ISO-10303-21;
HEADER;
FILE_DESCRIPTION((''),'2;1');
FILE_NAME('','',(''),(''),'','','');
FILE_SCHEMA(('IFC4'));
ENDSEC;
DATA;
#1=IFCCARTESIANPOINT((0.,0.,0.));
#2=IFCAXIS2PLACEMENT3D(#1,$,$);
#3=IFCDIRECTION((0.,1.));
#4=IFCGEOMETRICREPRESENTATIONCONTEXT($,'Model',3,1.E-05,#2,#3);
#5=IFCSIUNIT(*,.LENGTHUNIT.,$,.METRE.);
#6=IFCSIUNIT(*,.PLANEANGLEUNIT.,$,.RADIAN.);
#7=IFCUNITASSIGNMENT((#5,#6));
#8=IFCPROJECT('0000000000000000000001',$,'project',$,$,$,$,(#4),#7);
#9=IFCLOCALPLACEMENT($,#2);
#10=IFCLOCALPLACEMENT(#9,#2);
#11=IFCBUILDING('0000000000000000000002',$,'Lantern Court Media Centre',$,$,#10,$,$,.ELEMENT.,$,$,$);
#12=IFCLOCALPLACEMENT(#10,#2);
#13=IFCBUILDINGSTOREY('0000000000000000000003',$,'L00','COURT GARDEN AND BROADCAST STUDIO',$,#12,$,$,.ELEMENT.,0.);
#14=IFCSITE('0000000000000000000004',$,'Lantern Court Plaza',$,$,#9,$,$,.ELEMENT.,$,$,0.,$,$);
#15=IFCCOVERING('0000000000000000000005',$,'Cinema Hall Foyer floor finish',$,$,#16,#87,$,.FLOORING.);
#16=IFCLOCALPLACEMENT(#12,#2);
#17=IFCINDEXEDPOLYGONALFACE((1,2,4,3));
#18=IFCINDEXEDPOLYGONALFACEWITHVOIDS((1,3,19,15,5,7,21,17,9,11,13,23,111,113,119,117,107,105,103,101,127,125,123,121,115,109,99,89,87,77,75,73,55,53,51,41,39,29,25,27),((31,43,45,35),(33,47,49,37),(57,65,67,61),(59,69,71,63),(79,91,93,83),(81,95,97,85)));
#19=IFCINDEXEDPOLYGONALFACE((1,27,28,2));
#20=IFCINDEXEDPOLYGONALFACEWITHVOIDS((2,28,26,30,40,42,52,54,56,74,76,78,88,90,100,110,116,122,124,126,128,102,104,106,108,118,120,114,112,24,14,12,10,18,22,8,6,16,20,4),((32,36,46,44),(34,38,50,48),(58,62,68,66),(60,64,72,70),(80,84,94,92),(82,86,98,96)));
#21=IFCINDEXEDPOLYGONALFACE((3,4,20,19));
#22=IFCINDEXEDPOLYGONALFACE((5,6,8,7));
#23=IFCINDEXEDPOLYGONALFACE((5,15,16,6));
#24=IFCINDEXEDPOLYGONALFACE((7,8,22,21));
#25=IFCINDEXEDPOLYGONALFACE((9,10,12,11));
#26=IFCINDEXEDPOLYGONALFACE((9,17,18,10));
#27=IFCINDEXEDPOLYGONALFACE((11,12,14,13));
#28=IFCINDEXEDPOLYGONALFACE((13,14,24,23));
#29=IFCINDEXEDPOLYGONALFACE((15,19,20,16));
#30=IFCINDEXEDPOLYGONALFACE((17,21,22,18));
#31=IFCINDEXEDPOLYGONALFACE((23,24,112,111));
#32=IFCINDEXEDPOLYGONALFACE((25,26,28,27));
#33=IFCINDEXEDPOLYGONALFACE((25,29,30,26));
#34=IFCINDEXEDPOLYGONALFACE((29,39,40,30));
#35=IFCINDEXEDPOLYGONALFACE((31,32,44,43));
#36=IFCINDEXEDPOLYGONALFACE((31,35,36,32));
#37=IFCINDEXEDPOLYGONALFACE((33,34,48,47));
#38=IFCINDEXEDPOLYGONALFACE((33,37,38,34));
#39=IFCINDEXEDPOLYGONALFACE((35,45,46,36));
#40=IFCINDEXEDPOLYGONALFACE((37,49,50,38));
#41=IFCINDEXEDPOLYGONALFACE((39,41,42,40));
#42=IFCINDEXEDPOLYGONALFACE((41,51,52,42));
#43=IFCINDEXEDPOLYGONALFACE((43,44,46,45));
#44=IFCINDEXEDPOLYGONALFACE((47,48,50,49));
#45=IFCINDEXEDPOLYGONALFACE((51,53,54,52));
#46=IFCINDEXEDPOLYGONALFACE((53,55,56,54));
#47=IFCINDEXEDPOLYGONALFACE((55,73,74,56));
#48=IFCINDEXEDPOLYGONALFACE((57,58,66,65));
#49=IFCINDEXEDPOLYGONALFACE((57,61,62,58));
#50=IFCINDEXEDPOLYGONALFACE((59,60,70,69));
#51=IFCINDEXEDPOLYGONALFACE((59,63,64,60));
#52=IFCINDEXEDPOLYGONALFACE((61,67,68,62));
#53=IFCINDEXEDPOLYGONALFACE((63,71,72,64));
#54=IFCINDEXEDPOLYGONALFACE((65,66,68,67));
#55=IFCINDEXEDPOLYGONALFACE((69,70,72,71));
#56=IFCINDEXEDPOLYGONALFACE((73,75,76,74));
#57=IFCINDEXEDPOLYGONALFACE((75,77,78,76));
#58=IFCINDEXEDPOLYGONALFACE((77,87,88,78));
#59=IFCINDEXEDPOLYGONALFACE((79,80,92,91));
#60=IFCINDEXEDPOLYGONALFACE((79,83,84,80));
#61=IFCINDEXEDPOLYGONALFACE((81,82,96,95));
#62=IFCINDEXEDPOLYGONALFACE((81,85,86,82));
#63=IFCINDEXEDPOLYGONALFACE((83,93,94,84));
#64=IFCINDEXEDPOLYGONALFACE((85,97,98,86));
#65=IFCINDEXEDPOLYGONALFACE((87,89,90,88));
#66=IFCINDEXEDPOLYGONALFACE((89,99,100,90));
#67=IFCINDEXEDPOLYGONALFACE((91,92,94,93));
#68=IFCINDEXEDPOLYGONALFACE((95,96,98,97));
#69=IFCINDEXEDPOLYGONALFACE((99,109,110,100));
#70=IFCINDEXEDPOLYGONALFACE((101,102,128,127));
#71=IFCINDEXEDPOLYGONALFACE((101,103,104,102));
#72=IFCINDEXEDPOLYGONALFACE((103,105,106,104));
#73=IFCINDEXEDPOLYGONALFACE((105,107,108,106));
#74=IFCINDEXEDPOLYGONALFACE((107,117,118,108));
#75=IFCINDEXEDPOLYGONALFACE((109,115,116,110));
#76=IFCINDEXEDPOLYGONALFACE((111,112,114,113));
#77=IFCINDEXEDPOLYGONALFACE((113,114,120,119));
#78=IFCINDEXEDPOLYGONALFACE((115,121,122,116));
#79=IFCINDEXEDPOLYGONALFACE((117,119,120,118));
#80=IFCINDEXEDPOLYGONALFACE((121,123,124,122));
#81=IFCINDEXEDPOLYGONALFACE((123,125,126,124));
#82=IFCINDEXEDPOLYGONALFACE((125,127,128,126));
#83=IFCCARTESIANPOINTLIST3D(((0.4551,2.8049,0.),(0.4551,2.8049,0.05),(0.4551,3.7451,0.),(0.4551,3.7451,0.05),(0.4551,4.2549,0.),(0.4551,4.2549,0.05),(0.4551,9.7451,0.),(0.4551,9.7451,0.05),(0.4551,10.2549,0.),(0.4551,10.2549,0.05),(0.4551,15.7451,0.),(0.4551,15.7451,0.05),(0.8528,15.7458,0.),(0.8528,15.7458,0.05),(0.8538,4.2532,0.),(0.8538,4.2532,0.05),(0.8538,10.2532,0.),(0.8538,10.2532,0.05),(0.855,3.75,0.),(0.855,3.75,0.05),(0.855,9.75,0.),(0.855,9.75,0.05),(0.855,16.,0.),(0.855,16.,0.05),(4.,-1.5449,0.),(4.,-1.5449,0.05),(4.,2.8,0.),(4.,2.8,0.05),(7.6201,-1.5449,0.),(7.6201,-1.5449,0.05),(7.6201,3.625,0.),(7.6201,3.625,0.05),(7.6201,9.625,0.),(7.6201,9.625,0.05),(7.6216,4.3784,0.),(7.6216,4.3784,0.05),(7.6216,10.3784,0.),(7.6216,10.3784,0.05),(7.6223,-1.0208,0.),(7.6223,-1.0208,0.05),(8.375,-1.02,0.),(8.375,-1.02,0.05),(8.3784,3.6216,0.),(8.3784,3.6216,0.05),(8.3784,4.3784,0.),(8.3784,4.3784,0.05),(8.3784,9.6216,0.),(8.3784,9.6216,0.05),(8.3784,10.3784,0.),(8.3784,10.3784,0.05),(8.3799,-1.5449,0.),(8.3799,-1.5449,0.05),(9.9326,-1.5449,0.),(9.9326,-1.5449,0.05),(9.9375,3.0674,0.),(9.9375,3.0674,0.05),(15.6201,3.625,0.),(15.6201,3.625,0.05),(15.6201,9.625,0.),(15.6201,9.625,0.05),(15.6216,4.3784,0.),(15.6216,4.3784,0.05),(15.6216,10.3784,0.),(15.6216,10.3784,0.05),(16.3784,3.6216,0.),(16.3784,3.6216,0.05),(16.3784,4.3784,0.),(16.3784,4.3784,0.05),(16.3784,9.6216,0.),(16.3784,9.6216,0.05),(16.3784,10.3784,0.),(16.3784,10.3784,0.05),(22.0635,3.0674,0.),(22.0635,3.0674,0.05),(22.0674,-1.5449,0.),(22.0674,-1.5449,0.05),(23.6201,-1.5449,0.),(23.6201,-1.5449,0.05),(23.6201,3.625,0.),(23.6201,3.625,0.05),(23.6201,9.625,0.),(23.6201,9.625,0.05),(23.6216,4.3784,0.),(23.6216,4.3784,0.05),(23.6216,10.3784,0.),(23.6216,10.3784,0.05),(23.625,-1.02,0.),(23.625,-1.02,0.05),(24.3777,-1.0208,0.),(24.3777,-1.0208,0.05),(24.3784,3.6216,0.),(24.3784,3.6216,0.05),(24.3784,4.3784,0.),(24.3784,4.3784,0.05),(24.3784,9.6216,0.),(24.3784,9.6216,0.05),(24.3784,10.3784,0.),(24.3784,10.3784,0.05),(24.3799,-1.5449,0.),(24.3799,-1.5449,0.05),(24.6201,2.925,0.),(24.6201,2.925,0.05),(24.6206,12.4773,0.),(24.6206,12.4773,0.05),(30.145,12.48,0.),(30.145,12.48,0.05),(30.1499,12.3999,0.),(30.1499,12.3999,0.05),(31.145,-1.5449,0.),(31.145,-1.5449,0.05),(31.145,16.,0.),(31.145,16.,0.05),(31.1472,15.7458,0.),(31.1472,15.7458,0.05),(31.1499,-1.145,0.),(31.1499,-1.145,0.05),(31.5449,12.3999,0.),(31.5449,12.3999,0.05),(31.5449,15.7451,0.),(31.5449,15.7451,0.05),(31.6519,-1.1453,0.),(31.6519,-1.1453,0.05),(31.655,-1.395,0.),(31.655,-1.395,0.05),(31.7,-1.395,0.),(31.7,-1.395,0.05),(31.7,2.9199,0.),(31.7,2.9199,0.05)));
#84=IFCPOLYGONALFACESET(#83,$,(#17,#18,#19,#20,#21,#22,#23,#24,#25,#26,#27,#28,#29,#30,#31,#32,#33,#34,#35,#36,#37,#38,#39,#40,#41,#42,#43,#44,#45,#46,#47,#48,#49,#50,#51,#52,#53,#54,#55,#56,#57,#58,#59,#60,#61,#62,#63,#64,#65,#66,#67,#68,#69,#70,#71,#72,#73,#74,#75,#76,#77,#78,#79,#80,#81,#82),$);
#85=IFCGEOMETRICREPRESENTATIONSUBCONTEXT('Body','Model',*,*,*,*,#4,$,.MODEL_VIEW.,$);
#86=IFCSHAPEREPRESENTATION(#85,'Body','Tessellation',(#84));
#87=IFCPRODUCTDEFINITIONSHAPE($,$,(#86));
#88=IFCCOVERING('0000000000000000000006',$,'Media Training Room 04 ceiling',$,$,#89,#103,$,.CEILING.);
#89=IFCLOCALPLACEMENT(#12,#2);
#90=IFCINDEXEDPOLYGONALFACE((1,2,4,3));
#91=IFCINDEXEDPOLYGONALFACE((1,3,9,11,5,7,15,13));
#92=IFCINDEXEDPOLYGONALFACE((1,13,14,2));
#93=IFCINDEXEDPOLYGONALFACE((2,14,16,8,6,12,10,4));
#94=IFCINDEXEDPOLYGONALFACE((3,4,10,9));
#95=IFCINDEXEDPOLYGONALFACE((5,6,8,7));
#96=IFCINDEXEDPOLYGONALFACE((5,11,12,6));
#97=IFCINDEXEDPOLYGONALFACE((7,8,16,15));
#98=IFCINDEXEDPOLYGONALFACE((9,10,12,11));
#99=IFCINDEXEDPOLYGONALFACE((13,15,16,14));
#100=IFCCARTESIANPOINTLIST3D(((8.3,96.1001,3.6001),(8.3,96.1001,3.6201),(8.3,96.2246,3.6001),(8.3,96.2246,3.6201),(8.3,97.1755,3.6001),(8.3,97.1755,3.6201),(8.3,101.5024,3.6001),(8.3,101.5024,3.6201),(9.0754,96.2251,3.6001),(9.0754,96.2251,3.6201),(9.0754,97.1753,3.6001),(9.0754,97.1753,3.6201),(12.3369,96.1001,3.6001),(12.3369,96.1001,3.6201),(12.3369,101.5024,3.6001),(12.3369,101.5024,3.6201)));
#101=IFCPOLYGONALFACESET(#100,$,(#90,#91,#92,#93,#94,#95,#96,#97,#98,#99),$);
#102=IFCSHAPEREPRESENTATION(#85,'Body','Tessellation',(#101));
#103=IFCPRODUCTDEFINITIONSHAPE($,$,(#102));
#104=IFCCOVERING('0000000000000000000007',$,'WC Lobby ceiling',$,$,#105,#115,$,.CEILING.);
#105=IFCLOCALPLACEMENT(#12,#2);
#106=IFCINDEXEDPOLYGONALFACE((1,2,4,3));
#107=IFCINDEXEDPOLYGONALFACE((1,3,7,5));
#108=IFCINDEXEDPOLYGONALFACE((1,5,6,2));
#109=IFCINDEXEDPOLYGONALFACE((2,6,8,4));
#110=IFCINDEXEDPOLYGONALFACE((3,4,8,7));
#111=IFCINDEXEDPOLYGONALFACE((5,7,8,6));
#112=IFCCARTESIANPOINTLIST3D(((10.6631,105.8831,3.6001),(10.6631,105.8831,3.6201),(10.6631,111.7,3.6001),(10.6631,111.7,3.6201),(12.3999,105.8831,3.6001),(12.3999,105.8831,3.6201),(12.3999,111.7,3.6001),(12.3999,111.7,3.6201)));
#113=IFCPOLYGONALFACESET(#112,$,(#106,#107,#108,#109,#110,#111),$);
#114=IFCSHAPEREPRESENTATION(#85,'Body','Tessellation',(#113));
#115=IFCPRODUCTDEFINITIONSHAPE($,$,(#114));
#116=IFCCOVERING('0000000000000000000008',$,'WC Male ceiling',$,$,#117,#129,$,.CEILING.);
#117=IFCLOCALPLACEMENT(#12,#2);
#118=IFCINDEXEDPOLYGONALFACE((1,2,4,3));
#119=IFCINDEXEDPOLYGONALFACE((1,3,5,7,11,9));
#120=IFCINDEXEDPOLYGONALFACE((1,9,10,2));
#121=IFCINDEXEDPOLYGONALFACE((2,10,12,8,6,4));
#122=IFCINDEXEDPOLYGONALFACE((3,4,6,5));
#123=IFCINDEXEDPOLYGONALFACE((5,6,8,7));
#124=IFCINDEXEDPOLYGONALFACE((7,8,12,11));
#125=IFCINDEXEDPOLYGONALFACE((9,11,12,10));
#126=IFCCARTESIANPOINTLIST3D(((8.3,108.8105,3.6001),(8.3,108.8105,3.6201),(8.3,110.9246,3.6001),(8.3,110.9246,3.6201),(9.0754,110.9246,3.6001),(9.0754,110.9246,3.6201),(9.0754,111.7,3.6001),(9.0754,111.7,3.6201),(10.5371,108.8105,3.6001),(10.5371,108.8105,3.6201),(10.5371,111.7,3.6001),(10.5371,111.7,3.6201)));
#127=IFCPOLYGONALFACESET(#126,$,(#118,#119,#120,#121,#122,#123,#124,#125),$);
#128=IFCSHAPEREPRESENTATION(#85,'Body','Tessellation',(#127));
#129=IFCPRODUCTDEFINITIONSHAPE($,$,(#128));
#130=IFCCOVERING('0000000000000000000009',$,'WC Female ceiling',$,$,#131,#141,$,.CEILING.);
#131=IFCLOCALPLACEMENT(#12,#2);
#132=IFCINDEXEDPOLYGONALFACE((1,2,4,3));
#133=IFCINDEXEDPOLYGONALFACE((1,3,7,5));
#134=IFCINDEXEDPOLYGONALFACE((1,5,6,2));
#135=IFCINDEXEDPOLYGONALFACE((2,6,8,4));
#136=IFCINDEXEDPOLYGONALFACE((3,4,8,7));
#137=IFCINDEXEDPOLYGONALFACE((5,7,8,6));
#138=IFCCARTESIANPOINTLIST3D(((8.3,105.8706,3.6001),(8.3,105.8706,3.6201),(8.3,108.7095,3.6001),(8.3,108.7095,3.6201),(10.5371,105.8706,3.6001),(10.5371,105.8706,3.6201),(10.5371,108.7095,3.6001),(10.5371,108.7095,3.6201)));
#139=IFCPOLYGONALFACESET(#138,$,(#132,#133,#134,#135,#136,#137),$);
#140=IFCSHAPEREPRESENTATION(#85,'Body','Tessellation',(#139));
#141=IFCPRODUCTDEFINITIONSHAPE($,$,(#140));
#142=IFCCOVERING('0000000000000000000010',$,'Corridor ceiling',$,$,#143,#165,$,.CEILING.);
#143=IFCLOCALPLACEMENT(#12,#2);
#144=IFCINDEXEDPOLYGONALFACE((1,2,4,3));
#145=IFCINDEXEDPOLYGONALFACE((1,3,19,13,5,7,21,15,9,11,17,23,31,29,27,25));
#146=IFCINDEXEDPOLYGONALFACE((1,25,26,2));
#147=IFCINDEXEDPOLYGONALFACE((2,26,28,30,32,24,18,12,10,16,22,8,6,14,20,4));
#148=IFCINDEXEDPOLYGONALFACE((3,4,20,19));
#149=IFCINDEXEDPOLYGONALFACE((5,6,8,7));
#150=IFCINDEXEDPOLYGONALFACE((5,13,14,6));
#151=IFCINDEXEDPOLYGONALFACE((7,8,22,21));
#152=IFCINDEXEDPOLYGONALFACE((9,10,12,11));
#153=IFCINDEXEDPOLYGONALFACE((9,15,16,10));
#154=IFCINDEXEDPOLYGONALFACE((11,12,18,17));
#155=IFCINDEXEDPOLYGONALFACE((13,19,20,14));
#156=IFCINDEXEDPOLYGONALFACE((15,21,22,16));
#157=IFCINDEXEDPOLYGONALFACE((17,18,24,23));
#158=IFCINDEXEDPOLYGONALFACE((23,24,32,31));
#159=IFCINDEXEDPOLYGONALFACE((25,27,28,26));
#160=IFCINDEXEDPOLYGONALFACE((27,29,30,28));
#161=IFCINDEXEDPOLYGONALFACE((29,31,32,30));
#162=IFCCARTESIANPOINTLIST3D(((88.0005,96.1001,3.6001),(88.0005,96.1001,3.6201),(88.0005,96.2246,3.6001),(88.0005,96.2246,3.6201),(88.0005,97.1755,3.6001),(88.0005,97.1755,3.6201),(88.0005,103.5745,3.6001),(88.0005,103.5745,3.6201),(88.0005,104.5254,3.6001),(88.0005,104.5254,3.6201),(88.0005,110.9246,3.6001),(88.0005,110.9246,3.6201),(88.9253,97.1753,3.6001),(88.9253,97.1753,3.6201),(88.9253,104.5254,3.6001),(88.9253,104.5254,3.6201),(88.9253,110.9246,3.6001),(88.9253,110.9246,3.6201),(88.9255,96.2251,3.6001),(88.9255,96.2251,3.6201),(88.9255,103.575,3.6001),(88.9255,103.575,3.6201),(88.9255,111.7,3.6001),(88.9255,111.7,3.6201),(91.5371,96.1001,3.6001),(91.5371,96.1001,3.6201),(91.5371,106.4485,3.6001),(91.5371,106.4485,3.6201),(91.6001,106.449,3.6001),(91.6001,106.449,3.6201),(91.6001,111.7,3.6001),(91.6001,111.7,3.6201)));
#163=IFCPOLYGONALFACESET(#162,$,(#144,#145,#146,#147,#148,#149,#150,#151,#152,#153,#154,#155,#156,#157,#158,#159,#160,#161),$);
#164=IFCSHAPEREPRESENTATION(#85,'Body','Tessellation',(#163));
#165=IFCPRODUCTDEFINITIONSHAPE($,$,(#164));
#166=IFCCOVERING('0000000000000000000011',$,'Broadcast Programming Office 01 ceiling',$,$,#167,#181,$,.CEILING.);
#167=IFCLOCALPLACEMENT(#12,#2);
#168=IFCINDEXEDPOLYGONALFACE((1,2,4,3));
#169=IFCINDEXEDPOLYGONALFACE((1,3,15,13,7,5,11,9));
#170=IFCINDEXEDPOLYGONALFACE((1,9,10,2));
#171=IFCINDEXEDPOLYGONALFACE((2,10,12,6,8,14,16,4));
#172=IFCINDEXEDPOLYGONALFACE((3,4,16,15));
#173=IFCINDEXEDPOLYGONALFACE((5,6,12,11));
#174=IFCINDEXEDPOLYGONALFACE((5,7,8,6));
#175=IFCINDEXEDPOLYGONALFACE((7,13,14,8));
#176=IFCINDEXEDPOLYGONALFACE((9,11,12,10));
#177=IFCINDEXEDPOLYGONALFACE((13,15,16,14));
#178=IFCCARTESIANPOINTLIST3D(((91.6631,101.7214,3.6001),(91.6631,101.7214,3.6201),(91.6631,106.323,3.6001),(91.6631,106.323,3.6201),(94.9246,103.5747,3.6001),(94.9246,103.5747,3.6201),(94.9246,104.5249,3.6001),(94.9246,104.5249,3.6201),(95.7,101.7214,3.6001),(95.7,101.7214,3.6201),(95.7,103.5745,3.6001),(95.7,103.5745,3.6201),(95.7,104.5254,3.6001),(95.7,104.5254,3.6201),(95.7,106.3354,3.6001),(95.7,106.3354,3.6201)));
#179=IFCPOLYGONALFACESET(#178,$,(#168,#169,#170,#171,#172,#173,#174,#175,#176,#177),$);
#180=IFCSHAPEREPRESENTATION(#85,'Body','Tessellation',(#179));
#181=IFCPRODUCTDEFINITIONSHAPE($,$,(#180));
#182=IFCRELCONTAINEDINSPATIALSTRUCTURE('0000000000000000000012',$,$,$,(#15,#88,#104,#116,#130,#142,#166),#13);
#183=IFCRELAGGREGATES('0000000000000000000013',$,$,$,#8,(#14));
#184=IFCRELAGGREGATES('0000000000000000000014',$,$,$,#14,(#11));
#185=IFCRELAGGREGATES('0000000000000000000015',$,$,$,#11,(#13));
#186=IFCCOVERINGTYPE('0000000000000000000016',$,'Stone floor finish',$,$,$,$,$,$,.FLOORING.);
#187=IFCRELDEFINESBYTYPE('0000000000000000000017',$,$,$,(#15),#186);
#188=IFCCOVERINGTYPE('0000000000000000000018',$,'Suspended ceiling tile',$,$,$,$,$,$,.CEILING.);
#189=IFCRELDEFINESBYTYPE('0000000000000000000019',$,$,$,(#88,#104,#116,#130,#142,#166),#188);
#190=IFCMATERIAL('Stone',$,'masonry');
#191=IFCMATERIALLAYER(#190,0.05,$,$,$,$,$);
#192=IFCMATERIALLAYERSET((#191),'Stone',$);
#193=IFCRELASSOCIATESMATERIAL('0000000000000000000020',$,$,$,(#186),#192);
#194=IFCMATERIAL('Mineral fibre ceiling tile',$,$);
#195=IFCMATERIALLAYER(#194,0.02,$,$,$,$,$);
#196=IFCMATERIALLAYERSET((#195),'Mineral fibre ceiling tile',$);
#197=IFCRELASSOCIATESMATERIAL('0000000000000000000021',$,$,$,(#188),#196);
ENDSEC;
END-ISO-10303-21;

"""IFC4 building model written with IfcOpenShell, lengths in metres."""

from ifc_helpers import new_model, si_unit, direction, frame, origin, place, context, subcontext, project, spatial, polyline, outline, extrude, material, layer, layer_set, type_object, element, save


model = new_model("IFC4")

# Units and contexts
model_context = context("Model", 3, precision=1e-05, world=origin(), true_north=direction((0.0, 1.0)))
body_context = subcontext(model_context, "Body", "Model", "MODEL_VIEW")
ifc_project = project(units=[si_unit("LENGTHUNIT", "METRE"), si_unit("PLANEANGLEUNIT", "RADIAN")], contexts=[model_context])

# Site, building, storey
site_placement = place(None, origin())
site = spatial("IfcSite", under=ifc_project, at=site_placement, Name="Lantern Court Plaza", CompositionType="ELEMENT", RefElevation=0.0)
building_placement = place(site_placement, origin())
building = spatial("IfcBuilding", under=site, at=building_placement, Name="Lantern Court Media Centre", CompositionType="ELEMENT")
storey_placement = place(building_placement, origin())
storey = spatial("IfcBuildingStorey", under=building, at=storey_placement, Name="L00", Description="COURT GARDEN AND BROADCAST STUDIO", CompositionType="ELEMENT", Elevation=0.0)

# Coverings
ifc_material_1 = material(Name="Stone", Category="masonry")
ifc_layer_1 = layer(ifc_material_1, 0.05)
ifc_layer_set_1 = layer_set([ifc_layer_1], Name="Stone")
covering_type_1 = type_object("IfcCoveringType", Name="Stone floor finish", PredefinedType="FLOORING", material=ifc_layer_set_1)
covering_1_placement = place(storey_placement, origin())
element("IfcCovering", 1, at=covering_1_placement, inside=storey, type_object=covering_type_1, Name="Cinema Hall Foyer floor finish", PredefinedType="FLOORING", context=body_context, shape_type="SweptSolid", body=[
    extrude(outline(polyline([(31.145, 16.0), (31.1472, 15.7458), (31.5449, 15.7451), (31.5449, 12.3999), (30.1499, 12.3999), (30.145, 12.48), (24.6206, 12.4773), (24.6201, 2.925), (31.7, 2.9199), (31.7, -1.395), (31.655, -1.395), (31.6519, -1.1453), (31.1499, -1.145), (31.145, -1.5449), (24.3799, -1.5449), (24.3777, -1.0208), (23.625, -1.02), (23.6201, -1.5449), (22.0674, -1.5449), (22.0635, 3.0674), (9.9375, 3.0674), (9.9326, -1.5449), (8.3799, -1.5449), (8.375, -1.02), (7.6223, -1.0208), (7.6201, -1.5449), (4.0, -1.5449), (4.0, 2.8), (0.4551, 2.8049), (0.4551, 3.7451), (0.855, 3.75), (0.8538, 4.2532), (0.4551, 4.2549), (0.4551, 9.7451), (0.855, 9.75), (0.8538, 10.2532), (0.4551, 10.2549), (0.4551, 15.7451), (0.8528, 15.7458), (0.855, 16.0), (31.145, 16.0)]), holes=[polyline([(23.6201, 9.625), (24.3784, 9.6216), (24.3784, 10.3784), (23.6216, 10.3784), (23.6201, 9.625)]), polyline([(23.6201, 3.625), (24.3784, 3.6216), (24.3784, 4.3784), (23.6216, 4.3784), (23.6201, 3.625)]), polyline([(15.6201, 9.625), (16.3784, 9.6216), (16.3784, 10.3784), (15.6216, 10.3784), (15.6201, 9.625)]), polyline([(15.6201, 3.625), (16.3784, 3.6216), (16.3784, 4.3784), (15.6216, 4.3784), (15.6201, 3.625)]), polyline([(7.6201, 9.625), (8.3784, 9.6216), (8.3784, 10.3784), (7.6216, 10.3784), (7.6201, 9.625)]), polyline([(7.6201, 3.625), (8.3784, 3.6216), (8.3784, 4.3784), (7.6216, 4.3784), (7.6201, 3.625)])]), origin(), (0.0, 0.0, 1.0), 0.05),
])
ifc_material_2 = material(Name="Mineral fibre ceiling tile")
ifc_layer_2 = layer(ifc_material_2, 0.02)
ifc_layer_set_2 = layer_set([ifc_layer_2], Name="Mineral fibre ceiling tile")
covering_type_2 = type_object("IfcCoveringType", Name="Suspended ceiling tile", PredefinedType="CEILING", material=ifc_layer_set_2)
covering_2_placement = place(storey_placement, frame((0.0, 0.0, 3.6001)))
element("IfcCovering", 2, at=covering_2_placement, inside=storey, type_object=covering_type_2, Name="Media Training Room 04 ceiling", PredefinedType="CEILING", context=body_context, shape_type="SweptSolid", body=[
    extrude(outline(polyline([(8.3, 101.5024), (12.3369, 101.5024), (12.3369, 96.1001), (8.3, 96.1001), (8.3, 96.2246), (9.0754, 96.2251), (9.0754, 97.1753), (8.3, 97.1755), (8.3, 101.5024)])), origin(), (0.0, 0.0, 1.0), 0.02),
])
covering_3_placement = place(storey_placement, frame((0.0, 0.0, 3.6001)))
element("IfcCovering", 3, at=covering_3_placement, inside=storey, type_object=covering_type_2, Name="WC Lobby ceiling", PredefinedType="CEILING", context=body_context, shape_type="SweptSolid", body=[
    extrude(outline(polyline([(12.3999, 111.7), (12.3999, 105.8831), (10.6631, 105.8831), (10.6631, 111.7), (12.3999, 111.7)])), origin(), (0.0, 0.0, 1.0), 0.02),
])
covering_4_placement = place(storey_placement, frame((0.0, 0.0, 3.6001)))
element("IfcCovering", 4, at=covering_4_placement, inside=storey, type_object=covering_type_2, Name="WC Male ceiling", PredefinedType="CEILING", context=body_context, shape_type="SweptSolid", body=[
    extrude(outline(polyline([(10.5371, 111.7), (10.5371, 108.8105), (8.3, 108.8105), (8.3, 110.9246), (9.0754, 110.9246), (9.0754, 111.7), (10.5371, 111.7)])), origin(), (0.0, 0.0, 1.0), 0.02),
])
covering_5_placement = place(storey_placement, frame((0.0, 0.0, 3.6001)))
element("IfcCovering", 5, at=covering_5_placement, inside=storey, type_object=covering_type_2, Name="WC Female ceiling", PredefinedType="CEILING", context=body_context, shape_type="SweptSolid", body=[
    extrude(outline(polyline([(8.3, 108.7095), (10.5371, 108.7095), (10.5371, 105.8706), (8.3, 105.8706), (8.3, 108.7095)])), origin(), (0.0, 0.0, 1.0), 0.02),
])
covering_6_placement = place(storey_placement, frame((0.0, 0.0, 3.6001)))
element("IfcCovering", 6, at=covering_6_placement, inside=storey, type_object=covering_type_2, Name="Corridor ceiling", PredefinedType="CEILING", context=body_context, shape_type="SweptSolid", body=[
    extrude(outline(polyline([(91.6001, 111.7), (91.6001, 106.449), (91.5371, 106.4485), (91.5371, 96.1001), (88.0005, 96.1001), (88.0005, 96.2246), (88.9255, 96.2251), (88.9253, 97.1753), (88.0005, 97.1755), (88.0005, 103.5745), (88.9255, 103.575), (88.9253, 104.5254), (88.0005, 104.5254), (88.0005, 110.9246), (88.9253, 110.9246), (88.9255, 111.7), (91.6001, 111.7)])), origin(), (0.0, 0.0, 1.0), 0.02),
])
covering_7_placement = place(storey_placement, frame((0.0, 0.0, 3.6001)))
element("IfcCovering", 7, at=covering_7_placement, inside=storey, type_object=covering_type_2, Name="Broadcast Programming Office 01 ceiling", PredefinedType="CEILING", context=body_context, shape_type="SweptSolid", body=[
    extrude(outline(polyline([(95.7, 101.7214), (91.6631, 101.7214), (91.6631, 106.323), (95.7, 106.3354), (95.7, 104.5254), (94.9246, 104.5249), (94.9246, 103.5747), (95.7, 103.5745), (95.7, 101.7214)])), origin(), (0.0, 0.0, 1.0), 0.02),
])

save(model, "model.ifc")
